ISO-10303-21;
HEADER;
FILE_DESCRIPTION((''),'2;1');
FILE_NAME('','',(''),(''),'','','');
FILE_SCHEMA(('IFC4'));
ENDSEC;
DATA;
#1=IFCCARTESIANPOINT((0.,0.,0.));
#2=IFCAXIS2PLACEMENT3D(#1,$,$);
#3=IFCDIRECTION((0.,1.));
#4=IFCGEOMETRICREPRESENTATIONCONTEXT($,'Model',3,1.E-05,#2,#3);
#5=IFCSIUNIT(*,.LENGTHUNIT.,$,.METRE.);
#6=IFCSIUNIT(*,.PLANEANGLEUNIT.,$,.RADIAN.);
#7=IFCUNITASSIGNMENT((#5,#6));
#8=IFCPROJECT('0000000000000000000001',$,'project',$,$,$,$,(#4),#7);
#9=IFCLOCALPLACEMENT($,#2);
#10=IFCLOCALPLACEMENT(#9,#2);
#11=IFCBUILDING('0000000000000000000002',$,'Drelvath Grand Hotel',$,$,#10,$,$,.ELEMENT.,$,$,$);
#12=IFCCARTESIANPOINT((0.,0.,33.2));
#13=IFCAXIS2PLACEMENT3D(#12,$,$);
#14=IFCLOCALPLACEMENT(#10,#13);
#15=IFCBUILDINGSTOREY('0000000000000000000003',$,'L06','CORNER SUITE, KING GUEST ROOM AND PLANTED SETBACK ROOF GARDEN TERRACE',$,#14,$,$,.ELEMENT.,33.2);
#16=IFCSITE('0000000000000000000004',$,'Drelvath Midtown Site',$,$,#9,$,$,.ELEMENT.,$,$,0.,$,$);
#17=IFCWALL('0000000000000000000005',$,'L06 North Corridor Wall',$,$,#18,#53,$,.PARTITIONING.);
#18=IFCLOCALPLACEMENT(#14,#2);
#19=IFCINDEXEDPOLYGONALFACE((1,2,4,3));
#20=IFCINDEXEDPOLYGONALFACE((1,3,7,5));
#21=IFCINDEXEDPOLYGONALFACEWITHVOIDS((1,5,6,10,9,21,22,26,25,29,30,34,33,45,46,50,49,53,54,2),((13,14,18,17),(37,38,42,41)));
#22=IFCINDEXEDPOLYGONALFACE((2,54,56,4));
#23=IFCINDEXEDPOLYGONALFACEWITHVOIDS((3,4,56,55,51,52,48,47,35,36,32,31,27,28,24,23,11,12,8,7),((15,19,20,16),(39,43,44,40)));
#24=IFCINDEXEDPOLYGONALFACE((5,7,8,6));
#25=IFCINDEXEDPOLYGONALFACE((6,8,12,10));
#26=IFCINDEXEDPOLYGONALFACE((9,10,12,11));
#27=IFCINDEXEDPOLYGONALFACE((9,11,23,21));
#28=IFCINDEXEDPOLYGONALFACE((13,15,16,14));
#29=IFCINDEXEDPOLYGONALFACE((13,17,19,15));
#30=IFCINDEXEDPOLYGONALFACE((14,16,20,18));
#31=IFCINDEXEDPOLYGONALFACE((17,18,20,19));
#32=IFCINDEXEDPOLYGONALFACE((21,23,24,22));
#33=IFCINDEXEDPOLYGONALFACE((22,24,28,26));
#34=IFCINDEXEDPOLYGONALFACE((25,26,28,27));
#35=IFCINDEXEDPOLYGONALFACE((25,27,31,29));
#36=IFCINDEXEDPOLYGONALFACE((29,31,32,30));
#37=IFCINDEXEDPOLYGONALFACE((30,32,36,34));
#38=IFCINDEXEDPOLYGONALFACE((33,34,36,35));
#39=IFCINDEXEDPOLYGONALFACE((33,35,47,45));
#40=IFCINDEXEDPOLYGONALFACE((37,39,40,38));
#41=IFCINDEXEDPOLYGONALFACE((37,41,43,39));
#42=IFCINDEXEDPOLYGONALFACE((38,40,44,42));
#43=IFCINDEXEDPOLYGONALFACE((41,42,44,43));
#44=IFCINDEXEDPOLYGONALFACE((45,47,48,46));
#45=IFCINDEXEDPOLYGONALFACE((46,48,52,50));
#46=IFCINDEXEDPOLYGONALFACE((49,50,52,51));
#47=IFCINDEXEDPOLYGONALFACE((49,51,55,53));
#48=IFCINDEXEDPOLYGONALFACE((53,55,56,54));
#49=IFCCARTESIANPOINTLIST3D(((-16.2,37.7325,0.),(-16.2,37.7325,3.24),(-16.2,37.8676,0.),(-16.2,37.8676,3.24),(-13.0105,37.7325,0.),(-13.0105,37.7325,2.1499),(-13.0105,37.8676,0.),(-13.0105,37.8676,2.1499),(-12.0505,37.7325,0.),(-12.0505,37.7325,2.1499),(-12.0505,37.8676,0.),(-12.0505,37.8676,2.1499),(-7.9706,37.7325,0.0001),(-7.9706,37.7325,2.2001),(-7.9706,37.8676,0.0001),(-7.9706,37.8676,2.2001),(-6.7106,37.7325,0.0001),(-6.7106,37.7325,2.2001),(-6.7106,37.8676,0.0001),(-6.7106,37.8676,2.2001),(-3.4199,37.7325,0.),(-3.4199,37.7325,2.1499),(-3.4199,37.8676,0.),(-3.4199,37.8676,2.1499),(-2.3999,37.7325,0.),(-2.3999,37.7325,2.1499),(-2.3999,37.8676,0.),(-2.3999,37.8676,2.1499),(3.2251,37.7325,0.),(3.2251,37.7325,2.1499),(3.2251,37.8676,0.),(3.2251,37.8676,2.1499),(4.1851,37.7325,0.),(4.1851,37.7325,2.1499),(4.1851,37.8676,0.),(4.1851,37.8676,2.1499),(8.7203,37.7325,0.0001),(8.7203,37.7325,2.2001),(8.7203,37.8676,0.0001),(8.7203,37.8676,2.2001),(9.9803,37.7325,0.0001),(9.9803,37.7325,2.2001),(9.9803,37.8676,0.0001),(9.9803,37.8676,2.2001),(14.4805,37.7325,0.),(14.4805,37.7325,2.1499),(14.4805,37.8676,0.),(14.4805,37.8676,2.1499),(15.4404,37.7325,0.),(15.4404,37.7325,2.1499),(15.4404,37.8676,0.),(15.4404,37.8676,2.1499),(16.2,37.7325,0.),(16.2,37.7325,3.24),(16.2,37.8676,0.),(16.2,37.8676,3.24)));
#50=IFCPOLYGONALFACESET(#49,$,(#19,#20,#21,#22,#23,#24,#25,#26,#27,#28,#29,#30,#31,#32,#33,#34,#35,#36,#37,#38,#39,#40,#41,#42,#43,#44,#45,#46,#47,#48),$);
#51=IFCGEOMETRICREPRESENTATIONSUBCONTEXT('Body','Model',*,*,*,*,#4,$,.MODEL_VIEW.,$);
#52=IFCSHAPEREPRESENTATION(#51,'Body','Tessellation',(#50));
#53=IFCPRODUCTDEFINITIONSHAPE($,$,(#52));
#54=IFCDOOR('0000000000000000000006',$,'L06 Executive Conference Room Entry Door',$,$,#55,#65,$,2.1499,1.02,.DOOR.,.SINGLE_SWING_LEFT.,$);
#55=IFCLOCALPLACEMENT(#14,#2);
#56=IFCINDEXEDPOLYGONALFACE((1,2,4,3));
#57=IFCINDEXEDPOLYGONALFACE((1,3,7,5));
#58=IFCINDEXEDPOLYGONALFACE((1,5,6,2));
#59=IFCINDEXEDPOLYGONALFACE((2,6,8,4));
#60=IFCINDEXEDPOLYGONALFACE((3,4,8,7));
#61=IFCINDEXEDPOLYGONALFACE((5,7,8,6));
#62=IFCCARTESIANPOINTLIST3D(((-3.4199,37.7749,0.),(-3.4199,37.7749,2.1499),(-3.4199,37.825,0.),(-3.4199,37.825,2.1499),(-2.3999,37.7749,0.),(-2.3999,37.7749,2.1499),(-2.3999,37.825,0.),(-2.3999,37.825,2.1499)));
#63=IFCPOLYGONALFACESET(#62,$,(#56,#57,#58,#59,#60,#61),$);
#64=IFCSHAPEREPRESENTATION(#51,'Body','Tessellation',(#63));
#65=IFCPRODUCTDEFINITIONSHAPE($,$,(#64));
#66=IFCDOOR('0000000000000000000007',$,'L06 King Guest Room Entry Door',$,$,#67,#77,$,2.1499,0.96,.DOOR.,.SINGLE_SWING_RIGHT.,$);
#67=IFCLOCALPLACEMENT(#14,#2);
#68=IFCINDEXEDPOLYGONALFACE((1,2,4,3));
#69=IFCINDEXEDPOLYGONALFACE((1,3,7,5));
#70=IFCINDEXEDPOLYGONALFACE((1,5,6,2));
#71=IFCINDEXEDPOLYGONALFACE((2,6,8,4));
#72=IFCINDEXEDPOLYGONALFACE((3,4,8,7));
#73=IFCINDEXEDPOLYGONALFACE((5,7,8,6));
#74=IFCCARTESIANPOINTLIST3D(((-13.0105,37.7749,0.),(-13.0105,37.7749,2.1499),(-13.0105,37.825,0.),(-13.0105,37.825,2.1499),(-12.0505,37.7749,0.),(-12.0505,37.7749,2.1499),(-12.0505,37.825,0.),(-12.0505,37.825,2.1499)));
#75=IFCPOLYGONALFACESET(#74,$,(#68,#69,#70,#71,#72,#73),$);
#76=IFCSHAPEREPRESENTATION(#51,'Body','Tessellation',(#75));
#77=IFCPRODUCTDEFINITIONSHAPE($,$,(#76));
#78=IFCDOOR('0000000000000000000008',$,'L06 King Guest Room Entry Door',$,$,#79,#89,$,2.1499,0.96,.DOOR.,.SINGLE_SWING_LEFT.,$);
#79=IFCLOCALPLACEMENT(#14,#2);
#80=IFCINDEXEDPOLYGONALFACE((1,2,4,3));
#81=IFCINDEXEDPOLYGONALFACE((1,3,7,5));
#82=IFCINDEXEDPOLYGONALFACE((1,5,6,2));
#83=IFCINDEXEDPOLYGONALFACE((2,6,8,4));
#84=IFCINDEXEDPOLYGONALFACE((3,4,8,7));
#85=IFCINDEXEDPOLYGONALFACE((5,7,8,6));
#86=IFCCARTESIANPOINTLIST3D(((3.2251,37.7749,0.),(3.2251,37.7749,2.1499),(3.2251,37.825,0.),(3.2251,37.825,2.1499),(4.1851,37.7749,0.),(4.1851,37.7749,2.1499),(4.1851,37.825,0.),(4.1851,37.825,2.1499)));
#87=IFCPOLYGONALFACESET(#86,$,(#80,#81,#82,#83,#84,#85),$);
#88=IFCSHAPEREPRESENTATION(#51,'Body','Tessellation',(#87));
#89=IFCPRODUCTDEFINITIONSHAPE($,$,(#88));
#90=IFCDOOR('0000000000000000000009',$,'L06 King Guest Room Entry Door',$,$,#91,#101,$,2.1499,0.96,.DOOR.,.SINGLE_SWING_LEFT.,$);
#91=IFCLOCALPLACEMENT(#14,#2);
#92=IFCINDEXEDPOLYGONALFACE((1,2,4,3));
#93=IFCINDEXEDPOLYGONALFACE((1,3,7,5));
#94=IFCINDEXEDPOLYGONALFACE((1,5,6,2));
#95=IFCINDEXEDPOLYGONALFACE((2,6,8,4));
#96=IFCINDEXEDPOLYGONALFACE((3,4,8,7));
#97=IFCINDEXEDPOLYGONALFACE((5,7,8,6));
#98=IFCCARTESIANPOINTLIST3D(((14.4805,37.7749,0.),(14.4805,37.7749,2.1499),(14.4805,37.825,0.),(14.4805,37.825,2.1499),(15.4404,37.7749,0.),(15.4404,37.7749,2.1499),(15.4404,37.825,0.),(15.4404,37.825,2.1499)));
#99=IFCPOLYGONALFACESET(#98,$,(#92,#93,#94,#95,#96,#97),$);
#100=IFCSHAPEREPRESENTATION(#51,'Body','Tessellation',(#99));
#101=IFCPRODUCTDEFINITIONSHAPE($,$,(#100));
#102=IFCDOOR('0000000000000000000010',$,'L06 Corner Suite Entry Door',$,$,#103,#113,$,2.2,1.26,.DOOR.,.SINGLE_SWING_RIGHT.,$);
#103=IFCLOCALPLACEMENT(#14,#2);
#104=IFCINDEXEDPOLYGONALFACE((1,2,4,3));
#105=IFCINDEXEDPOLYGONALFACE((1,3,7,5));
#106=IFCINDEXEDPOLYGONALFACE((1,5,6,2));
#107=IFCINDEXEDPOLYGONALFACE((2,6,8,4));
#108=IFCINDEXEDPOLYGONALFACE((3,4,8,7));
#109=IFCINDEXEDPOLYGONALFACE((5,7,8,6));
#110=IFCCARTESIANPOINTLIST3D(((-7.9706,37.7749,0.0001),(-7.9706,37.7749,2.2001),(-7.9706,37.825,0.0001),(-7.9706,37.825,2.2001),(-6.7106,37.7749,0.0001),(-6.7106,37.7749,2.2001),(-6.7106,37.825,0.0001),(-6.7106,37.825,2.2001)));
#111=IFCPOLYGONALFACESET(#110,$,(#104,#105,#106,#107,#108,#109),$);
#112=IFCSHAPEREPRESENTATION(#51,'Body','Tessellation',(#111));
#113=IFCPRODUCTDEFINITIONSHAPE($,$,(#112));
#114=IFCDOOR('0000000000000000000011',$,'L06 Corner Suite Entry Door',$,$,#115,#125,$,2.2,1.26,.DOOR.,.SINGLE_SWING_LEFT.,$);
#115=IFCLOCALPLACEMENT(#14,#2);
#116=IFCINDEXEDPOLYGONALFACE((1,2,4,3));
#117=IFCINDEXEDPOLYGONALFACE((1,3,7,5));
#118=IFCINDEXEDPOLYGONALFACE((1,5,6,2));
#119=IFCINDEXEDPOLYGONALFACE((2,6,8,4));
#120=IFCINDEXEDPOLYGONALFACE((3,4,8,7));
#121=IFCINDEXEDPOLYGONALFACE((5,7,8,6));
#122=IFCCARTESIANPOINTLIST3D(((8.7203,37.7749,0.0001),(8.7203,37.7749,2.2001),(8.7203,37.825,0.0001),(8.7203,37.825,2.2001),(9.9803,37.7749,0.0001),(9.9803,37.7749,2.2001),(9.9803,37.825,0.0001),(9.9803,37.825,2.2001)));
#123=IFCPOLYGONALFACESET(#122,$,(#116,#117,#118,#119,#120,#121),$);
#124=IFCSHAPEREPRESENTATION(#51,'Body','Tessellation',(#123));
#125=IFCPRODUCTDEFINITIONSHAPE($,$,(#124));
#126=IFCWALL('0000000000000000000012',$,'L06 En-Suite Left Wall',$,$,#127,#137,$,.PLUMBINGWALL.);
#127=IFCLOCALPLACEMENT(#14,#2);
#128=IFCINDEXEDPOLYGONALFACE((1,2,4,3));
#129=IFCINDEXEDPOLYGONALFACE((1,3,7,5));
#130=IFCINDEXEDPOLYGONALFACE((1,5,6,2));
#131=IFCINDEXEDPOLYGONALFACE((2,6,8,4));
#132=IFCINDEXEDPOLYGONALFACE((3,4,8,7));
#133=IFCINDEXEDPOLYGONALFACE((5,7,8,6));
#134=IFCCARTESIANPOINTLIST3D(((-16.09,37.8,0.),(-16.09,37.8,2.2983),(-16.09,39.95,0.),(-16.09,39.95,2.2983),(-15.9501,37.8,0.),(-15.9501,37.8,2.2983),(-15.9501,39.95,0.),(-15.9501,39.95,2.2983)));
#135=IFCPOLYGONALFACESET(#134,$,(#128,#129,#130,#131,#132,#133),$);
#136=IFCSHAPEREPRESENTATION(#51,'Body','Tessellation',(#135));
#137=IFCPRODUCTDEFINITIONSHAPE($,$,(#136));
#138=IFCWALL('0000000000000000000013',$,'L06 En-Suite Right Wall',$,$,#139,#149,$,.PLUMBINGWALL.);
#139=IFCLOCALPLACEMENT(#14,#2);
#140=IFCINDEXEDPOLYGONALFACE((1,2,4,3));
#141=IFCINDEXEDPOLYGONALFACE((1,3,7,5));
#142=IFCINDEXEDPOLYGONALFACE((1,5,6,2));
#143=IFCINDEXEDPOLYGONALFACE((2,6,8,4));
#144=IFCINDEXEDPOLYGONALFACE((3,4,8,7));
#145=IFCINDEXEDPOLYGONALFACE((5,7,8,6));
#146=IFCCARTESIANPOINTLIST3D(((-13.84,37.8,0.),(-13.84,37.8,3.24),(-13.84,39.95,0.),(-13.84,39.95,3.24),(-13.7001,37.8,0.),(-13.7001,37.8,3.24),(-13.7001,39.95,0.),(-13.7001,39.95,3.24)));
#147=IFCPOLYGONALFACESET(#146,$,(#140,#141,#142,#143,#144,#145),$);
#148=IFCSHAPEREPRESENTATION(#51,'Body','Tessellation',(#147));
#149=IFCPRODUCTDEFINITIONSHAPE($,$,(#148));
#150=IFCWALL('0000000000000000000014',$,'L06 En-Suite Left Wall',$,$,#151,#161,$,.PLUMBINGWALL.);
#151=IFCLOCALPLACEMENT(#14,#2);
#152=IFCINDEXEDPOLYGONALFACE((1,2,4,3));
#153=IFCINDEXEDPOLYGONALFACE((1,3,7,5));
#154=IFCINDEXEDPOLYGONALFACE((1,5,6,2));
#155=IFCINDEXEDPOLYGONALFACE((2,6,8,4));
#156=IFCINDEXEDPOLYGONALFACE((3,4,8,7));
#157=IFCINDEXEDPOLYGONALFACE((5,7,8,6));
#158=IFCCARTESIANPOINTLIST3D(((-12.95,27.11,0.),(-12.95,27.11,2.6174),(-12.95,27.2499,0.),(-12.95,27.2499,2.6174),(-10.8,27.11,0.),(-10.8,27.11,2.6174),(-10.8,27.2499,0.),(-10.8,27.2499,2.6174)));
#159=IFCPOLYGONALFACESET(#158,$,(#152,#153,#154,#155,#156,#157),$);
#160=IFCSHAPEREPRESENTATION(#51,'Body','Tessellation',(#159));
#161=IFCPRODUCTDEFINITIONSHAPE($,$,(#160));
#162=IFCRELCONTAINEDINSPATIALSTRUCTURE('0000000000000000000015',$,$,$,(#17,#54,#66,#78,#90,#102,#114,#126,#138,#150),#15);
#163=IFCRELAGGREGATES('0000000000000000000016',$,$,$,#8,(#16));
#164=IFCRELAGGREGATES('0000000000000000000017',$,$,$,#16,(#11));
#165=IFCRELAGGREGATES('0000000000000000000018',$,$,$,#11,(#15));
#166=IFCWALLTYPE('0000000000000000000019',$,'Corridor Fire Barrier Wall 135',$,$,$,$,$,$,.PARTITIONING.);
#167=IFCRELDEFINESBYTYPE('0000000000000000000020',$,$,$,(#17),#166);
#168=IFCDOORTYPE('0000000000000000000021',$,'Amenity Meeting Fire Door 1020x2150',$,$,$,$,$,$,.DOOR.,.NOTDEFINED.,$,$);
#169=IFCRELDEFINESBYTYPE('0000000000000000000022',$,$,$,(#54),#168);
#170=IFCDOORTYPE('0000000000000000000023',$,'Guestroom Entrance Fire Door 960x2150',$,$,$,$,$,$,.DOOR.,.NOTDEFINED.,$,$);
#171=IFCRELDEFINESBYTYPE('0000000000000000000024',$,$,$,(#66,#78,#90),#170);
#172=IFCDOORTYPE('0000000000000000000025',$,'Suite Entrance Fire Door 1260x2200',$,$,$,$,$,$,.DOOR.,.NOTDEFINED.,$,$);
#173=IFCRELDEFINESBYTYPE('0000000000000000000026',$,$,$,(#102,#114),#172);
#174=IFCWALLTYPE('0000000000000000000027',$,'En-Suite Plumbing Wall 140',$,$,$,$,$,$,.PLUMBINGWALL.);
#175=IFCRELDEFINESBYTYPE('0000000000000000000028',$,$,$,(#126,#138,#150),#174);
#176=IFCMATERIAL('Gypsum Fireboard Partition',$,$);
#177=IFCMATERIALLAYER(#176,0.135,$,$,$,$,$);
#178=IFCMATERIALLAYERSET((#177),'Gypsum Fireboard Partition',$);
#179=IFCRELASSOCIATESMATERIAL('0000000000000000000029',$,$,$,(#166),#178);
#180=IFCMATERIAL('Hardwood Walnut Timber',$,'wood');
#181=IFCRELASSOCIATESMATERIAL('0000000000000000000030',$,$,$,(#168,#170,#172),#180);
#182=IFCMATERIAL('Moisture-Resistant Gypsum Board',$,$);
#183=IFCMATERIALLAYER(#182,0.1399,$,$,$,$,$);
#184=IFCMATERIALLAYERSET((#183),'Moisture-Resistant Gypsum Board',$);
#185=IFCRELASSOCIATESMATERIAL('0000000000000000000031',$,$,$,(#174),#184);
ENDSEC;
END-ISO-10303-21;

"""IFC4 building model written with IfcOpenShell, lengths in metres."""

from ifc_helpers import new_model, si_unit, direction, frame, frame_2d, origin, place, context, subcontext, project, spatial, rectangle, extrude, material, layer, layer_set, type_object, element, fill, save


model = new_model("IFC4")

# Units and contexts
model_context = context("Model", 3, precision=1e-05, world=origin(), true_north=direction((0.0, 1.0)))
body_context = subcontext(model_context, "Body", "Model", "MODEL_VIEW")
ifc_project = project(units=[si_unit("LENGTHUNIT", "METRE"), si_unit("PLANEANGLEUNIT", "RADIAN")], contexts=[model_context])

# Site, building, storey
site_placement = place(None, origin())
site = spatial("IfcSite", under=ifc_project, at=site_placement, Name="Drelvath Midtown Site", CompositionType="ELEMENT", RefElevation=0.0)
building_placement = place(site_placement, origin())
building = spatial("IfcBuilding", under=site, at=building_placement, Name="Drelvath Grand Hotel", CompositionType="ELEMENT")
storey_placement = place(building_placement, frame((0.0, 0.0, 33.2)))
storey = spatial("IfcBuildingStorey", under=building, at=storey_placement, Name="L06", Description="CORNER SUITE, KING GUEST ROOM AND PLANTED SETBACK ROOF GARDEN TERRACE", CompositionType="ELEMENT", Elevation=33.2)

# Wall, openings, doors
ifc_material_1 = material(Name="Gypsum Fireboard Partition")
ifc_layer_1 = layer(ifc_material_1, 0.135)
ifc_layer_set_1 = layer_set([ifc_layer_1], Name="Gypsum Fireboard Partition")
wall_type_1 = type_object("IfcWallType", Name="Corridor Fire Barrier Wall 135", PredefinedType="PARTITIONING", material=ifc_layer_set_1)
wall_1_placement = place(storey_placement, frame((-16.2, 37.8, 0.0), z_axis=(0.0, 0.0, 1.0), x_axis=(1.0, 0.0, 0.0)))
wall_1 = element("IfcWall", 1, at=wall_1_placement, inside=storey, type_object=wall_type_1, Name="L06 North Corridor Wall", PredefinedType="PARTITIONING", context=body_context, shape_type="SweptSolid", body=[
    extrude(rectangle(XDim=32.3999, YDim=0.135, at=frame_2d((16.2, 0.0))), origin(), (0.0, 0.0, 1.0), 3.24),
])
opening_1_placement = place(wall_1_placement, frame((3.1895, 0.0, 0.0)))
opening_1 = element("IfcOpeningElement", 2, at=opening_1_placement, cuts=wall_1, PredefinedType="OPENING", context=body_context, shape_type="SweptSolid", body=[
    extrude(rectangle(XDim=0.96, YDim=2.1499, at=frame_2d((0.48, 1.075))), frame((0.0, 0.0774, 0.0), z_axis=(0.0, -1.0, 0.0), x_axis=(1.0, 0.0, 0.0)), (0.0, 0.0, 1.0), 0.155),
])
opening_2_placement = place(wall_1_placement, frame((8.2295, 0.0, 0.0)))
opening_2 = element("IfcOpeningElement", 3, at=opening_2_placement, cuts=wall_1, PredefinedType="OPENING", context=body_context, shape_type="SweptSolid", body=[
    extrude(rectangle(XDim=1.26, YDim=2.2, at=frame_2d((0.6299, 1.1001))), frame((0.0, 0.0774, 0.0), z_axis=(0.0, -1.0, 0.0), x_axis=(1.0, 0.0, 0.0)), (0.0, 0.0, 1.0), 0.155),
])
opening_3_placement = place(wall_1_placement, frame((12.78, 0.0, 0.0)))
opening_3 = element("IfcOpeningElement", 4, at=opening_3_placement, cuts=wall_1, PredefinedType="OPENING", context=body_context, shape_type="SweptSolid", body=[
    extrude(rectangle(XDim=1.02, YDim=2.1499, at=frame_2d((0.51, 1.075))), frame((0.0, 0.0774, 0.0), z_axis=(0.0, -1.0, 0.0), x_axis=(1.0, 0.0, 0.0)), (0.0, 0.0, 1.0), 0.155),
])
opening_4_placement = place(wall_1_placement, frame((19.425, 0.0, 0.0)))
opening_4 = element("IfcOpeningElement", 5, at=opening_4_placement, cuts=wall_1, PredefinedType="OPENING", context=body_context, shape_type="SweptSolid", body=[
    extrude(rectangle(XDim=0.96, YDim=2.1499, at=frame_2d((0.48, 1.075))), frame((0.0, 0.0774, 0.0), z_axis=(0.0, -1.0, 0.0), x_axis=(1.0, 0.0, 0.0)), (0.0, 0.0, 1.0), 0.155),
])
opening_5_placement = place(wall_1_placement, frame((24.9204, 0.0, 0.0)))
opening_5 = element("IfcOpeningElement", 6, at=opening_5_placement, cuts=wall_1, PredefinedType="OPENING", context=body_context, shape_type="SweptSolid", body=[
    extrude(rectangle(XDim=1.26, YDim=2.2, at=frame_2d((0.6299, 1.1001))), frame((0.0, 0.0774, 0.0), z_axis=(0.0, -1.0, 0.0), x_axis=(1.0, 0.0, 0.0)), (0.0, 0.0, 1.0), 0.155),
])
opening_6_placement = place(wall_1_placement, frame((30.6804, 0.0, 0.0)))
opening_6 = element("IfcOpeningElement", 7, at=opening_6_placement, cuts=wall_1, PredefinedType="OPENING", context=body_context, shape_type="SweptSolid", body=[
    extrude(rectangle(XDim=0.96, YDim=2.1499, at=frame_2d((0.48, 1.075))), frame((0.0, 0.0774, 0.0), z_axis=(0.0, -1.0, 0.0), x_axis=(1.0, 0.0, 0.0)), (0.0, 0.0, 1.0), 0.155),
])
ifc_material_2 = material(Name="Hardwood Walnut Timber", Category="wood")
door_type_1 = type_object("IfcDoorType", Name="Amenity Meeting Fire Door 1020x2150", OperationType="NOTDEFINED", PredefinedType="DOOR", material=ifc_material_2)
door_1_placement = place(opening_3_placement, origin())
door_1 = element("IfcDoor", 8, at=door_1_placement, inside=storey, type_object=door_type_1, Name="L06 Executive Conference Room Entry Door", OperationType="SINGLE_SWING_LEFT", OverallHeight=2.1499, OverallWidth=1.02, PredefinedType="DOOR", context=body_context, shape_type="SweptSolid", body=[
    extrude(rectangle(XDim=1.02, YDim=2.1499, at=frame_2d((0.51, 1.075))), frame((0.0, 0.0249, 0.0), z_axis=(0.0, -1.0, 0.0), x_axis=(1.0, 0.0, 0.0)), (0.0, 0.0, 1.0), 0.05),
])
fill(opening_3, door_1)
door_type_2 = type_object("IfcDoorType", Name="Guestroom Entrance Fire Door 960x2150", OperationType="NOTDEFINED", PredefinedType="DOOR", material=ifc_material_2)
door_2_placement = place(opening_1_placement, origin())
door_2 = element("IfcDoor", 9, at=door_2_placement, inside=storey, type_object=door_type_2, Name="L06 King Guest Room Entry Door", OperationType="SINGLE_SWING_RIGHT", OverallHeight=2.1499, OverallWidth=0.96, PredefinedType="DOOR", context=body_context, shape_type="SweptSolid", body=[
    extrude(rectangle(XDim=0.96, YDim=2.1499, at=frame_2d((0.48, 1.075))), frame((0.0, 0.0249, 0.0), z_axis=(0.0, -1.0, 0.0), x_axis=(1.0, 0.0, 0.0)), (0.0, 0.0, 1.0), 0.05),
])
fill(opening_1, door_2)
door_3_placement = place(opening_4_placement, origin())
door_3 = element("IfcDoor", 10, at=door_3_placement, inside=storey, type_object=door_type_2, Name="L06 King Guest Room Entry Door", OperationType="SINGLE_SWING_LEFT", OverallHeight=2.1499, OverallWidth=0.96, PredefinedType="DOOR", context=body_context, shape_type="SweptSolid", body=[
    extrude(rectangle(XDim=0.96, YDim=2.1499, at=frame_2d((0.48, 1.075))), frame((0.0, 0.0249, 0.0), z_axis=(0.0, -1.0, 0.0), x_axis=(1.0, 0.0, 0.0)), (0.0, 0.0, 1.0), 0.05),
])
fill(opening_4, door_3)
door_4_placement = place(opening_6_placement, origin())
door_4 = element("IfcDoor", 11, at=door_4_placement, inside=storey, type_object=door_type_2, Name="L06 King Guest Room Entry Door", OperationType="SINGLE_SWING_LEFT", OverallHeight=2.1499, OverallWidth=0.96, PredefinedType="DOOR", context=body_context, shape_type="SweptSolid", body=[
    extrude(rectangle(XDim=0.96, YDim=2.1499, at=frame_2d((0.48, 1.075))), frame((0.0, 0.0249, 0.0), z_axis=(0.0, -1.0, 0.0), x_axis=(1.0, 0.0, 0.0)), (0.0, 0.0, 1.0), 0.05),
])
fill(opening_6, door_4)
door_type_3 = type_object("IfcDoorType", Name="Suite Entrance Fire Door 1260x2200", OperationType="NOTDEFINED", PredefinedType="DOOR", material=ifc_material_2)
door_5_placement = place(opening_2_placement, origin())
door_5 = element("IfcDoor", 12, at=door_5_placement, inside=storey, type_object=door_type_3, Name="L06 Corner Suite Entry Door", OperationType="SINGLE_SWING_RIGHT", OverallHeight=2.2, OverallWidth=1.26, PredefinedType="DOOR", context=body_context, shape_type="SweptSolid", body=[
    extrude(rectangle(XDim=1.26, YDim=2.2, at=frame_2d((0.6299, 1.1001))), frame((0.0, 0.0249, 0.0), z_axis=(0.0, -1.0, 0.0), x_axis=(1.0, 0.0, 0.0)), (0.0, 0.0, 1.0), 0.05),
])
fill(opening_2, door_5)
door_6_placement = place(opening_5_placement, origin())
door_6 = element("IfcDoor", 13, at=door_6_placement, inside=storey, type_object=door_type_3, Name="L06 Corner Suite Entry Door", OperationType="SINGLE_SWING_LEFT", OverallHeight=2.2, OverallWidth=1.26, PredefinedType="DOOR", context=body_context, shape_type="SweptSolid", body=[
    extrude(rectangle(XDim=1.26, YDim=2.2, at=frame_2d((0.6299, 1.1001))), frame((0.0, 0.0249, 0.0), z_axis=(0.0, -1.0, 0.0), x_axis=(1.0, 0.0, 0.0)), (0.0, 0.0, 1.0), 0.05),
])
fill(opening_5, door_6)

# Walls
ifc_material_3 = material(Name="Moisture-Resistant Gypsum Board")
ifc_layer_2 = layer(ifc_material_3, 0.1399)
ifc_layer_set_2 = layer_set([ifc_layer_2], Name="Moisture-Resistant Gypsum Board")
wall_type_2 = type_object("IfcWallType", Name="En-Suite Plumbing Wall 140", PredefinedType="PLUMBINGWALL", material=ifc_layer_set_2)
wall_2_placement = place(storey_placement, frame((-16.02, 37.8, 0.0), z_axis=(0.0, 0.0, 1.0), x_axis=(0.0, 1.0, 0.0)))
element("IfcWall", 14, at=wall_2_placement, inside=storey, type_object=wall_type_2, Name="L06 En-Suite Left Wall", PredefinedType="PLUMBINGWALL", context=body_context, shape_type="SweptSolid", body=[
    extrude(rectangle(XDim=2.1499, YDim=0.1399, at=frame_2d((1.075, 0.0))), origin(), (0.0, 0.0, 1.0), 2.2983),
])
wall_3_placement = place(storey_placement, frame((-13.77, 37.8, 0.0), z_axis=(0.0, 0.0, 1.0), x_axis=(0.0, 1.0, 0.0)))
element("IfcWall", 15, at=wall_3_placement, inside=storey, type_object=wall_type_2, Name="L06 En-Suite Right Wall", PredefinedType="PLUMBINGWALL", context=body_context, shape_type="SweptSolid", body=[
    extrude(rectangle(XDim=2.1499, YDim=0.1399, at=frame_2d((1.075, 0.0))), origin(), (0.0, 0.0, 1.0), 3.24),
])
wall_4_placement = place(storey_placement, frame((-10.8, 27.1799, 0.0), z_axis=(0.0, 0.0, 1.0), x_axis=(-1.0, 0.0, 0.0)))
element("IfcWall", 16, at=wall_4_placement, inside=storey, type_object=wall_type_2, Name="L06 En-Suite Left Wall", PredefinedType="PLUMBINGWALL", context=body_context, shape_type="SweptSolid", body=[
    extrude(rectangle(XDim=2.1499, YDim=0.1399, at=frame_2d((1.075, 0.0))), origin(), (0.0, 0.0, 1.0), 2.6174),
])

save(model, "model.ifc")
